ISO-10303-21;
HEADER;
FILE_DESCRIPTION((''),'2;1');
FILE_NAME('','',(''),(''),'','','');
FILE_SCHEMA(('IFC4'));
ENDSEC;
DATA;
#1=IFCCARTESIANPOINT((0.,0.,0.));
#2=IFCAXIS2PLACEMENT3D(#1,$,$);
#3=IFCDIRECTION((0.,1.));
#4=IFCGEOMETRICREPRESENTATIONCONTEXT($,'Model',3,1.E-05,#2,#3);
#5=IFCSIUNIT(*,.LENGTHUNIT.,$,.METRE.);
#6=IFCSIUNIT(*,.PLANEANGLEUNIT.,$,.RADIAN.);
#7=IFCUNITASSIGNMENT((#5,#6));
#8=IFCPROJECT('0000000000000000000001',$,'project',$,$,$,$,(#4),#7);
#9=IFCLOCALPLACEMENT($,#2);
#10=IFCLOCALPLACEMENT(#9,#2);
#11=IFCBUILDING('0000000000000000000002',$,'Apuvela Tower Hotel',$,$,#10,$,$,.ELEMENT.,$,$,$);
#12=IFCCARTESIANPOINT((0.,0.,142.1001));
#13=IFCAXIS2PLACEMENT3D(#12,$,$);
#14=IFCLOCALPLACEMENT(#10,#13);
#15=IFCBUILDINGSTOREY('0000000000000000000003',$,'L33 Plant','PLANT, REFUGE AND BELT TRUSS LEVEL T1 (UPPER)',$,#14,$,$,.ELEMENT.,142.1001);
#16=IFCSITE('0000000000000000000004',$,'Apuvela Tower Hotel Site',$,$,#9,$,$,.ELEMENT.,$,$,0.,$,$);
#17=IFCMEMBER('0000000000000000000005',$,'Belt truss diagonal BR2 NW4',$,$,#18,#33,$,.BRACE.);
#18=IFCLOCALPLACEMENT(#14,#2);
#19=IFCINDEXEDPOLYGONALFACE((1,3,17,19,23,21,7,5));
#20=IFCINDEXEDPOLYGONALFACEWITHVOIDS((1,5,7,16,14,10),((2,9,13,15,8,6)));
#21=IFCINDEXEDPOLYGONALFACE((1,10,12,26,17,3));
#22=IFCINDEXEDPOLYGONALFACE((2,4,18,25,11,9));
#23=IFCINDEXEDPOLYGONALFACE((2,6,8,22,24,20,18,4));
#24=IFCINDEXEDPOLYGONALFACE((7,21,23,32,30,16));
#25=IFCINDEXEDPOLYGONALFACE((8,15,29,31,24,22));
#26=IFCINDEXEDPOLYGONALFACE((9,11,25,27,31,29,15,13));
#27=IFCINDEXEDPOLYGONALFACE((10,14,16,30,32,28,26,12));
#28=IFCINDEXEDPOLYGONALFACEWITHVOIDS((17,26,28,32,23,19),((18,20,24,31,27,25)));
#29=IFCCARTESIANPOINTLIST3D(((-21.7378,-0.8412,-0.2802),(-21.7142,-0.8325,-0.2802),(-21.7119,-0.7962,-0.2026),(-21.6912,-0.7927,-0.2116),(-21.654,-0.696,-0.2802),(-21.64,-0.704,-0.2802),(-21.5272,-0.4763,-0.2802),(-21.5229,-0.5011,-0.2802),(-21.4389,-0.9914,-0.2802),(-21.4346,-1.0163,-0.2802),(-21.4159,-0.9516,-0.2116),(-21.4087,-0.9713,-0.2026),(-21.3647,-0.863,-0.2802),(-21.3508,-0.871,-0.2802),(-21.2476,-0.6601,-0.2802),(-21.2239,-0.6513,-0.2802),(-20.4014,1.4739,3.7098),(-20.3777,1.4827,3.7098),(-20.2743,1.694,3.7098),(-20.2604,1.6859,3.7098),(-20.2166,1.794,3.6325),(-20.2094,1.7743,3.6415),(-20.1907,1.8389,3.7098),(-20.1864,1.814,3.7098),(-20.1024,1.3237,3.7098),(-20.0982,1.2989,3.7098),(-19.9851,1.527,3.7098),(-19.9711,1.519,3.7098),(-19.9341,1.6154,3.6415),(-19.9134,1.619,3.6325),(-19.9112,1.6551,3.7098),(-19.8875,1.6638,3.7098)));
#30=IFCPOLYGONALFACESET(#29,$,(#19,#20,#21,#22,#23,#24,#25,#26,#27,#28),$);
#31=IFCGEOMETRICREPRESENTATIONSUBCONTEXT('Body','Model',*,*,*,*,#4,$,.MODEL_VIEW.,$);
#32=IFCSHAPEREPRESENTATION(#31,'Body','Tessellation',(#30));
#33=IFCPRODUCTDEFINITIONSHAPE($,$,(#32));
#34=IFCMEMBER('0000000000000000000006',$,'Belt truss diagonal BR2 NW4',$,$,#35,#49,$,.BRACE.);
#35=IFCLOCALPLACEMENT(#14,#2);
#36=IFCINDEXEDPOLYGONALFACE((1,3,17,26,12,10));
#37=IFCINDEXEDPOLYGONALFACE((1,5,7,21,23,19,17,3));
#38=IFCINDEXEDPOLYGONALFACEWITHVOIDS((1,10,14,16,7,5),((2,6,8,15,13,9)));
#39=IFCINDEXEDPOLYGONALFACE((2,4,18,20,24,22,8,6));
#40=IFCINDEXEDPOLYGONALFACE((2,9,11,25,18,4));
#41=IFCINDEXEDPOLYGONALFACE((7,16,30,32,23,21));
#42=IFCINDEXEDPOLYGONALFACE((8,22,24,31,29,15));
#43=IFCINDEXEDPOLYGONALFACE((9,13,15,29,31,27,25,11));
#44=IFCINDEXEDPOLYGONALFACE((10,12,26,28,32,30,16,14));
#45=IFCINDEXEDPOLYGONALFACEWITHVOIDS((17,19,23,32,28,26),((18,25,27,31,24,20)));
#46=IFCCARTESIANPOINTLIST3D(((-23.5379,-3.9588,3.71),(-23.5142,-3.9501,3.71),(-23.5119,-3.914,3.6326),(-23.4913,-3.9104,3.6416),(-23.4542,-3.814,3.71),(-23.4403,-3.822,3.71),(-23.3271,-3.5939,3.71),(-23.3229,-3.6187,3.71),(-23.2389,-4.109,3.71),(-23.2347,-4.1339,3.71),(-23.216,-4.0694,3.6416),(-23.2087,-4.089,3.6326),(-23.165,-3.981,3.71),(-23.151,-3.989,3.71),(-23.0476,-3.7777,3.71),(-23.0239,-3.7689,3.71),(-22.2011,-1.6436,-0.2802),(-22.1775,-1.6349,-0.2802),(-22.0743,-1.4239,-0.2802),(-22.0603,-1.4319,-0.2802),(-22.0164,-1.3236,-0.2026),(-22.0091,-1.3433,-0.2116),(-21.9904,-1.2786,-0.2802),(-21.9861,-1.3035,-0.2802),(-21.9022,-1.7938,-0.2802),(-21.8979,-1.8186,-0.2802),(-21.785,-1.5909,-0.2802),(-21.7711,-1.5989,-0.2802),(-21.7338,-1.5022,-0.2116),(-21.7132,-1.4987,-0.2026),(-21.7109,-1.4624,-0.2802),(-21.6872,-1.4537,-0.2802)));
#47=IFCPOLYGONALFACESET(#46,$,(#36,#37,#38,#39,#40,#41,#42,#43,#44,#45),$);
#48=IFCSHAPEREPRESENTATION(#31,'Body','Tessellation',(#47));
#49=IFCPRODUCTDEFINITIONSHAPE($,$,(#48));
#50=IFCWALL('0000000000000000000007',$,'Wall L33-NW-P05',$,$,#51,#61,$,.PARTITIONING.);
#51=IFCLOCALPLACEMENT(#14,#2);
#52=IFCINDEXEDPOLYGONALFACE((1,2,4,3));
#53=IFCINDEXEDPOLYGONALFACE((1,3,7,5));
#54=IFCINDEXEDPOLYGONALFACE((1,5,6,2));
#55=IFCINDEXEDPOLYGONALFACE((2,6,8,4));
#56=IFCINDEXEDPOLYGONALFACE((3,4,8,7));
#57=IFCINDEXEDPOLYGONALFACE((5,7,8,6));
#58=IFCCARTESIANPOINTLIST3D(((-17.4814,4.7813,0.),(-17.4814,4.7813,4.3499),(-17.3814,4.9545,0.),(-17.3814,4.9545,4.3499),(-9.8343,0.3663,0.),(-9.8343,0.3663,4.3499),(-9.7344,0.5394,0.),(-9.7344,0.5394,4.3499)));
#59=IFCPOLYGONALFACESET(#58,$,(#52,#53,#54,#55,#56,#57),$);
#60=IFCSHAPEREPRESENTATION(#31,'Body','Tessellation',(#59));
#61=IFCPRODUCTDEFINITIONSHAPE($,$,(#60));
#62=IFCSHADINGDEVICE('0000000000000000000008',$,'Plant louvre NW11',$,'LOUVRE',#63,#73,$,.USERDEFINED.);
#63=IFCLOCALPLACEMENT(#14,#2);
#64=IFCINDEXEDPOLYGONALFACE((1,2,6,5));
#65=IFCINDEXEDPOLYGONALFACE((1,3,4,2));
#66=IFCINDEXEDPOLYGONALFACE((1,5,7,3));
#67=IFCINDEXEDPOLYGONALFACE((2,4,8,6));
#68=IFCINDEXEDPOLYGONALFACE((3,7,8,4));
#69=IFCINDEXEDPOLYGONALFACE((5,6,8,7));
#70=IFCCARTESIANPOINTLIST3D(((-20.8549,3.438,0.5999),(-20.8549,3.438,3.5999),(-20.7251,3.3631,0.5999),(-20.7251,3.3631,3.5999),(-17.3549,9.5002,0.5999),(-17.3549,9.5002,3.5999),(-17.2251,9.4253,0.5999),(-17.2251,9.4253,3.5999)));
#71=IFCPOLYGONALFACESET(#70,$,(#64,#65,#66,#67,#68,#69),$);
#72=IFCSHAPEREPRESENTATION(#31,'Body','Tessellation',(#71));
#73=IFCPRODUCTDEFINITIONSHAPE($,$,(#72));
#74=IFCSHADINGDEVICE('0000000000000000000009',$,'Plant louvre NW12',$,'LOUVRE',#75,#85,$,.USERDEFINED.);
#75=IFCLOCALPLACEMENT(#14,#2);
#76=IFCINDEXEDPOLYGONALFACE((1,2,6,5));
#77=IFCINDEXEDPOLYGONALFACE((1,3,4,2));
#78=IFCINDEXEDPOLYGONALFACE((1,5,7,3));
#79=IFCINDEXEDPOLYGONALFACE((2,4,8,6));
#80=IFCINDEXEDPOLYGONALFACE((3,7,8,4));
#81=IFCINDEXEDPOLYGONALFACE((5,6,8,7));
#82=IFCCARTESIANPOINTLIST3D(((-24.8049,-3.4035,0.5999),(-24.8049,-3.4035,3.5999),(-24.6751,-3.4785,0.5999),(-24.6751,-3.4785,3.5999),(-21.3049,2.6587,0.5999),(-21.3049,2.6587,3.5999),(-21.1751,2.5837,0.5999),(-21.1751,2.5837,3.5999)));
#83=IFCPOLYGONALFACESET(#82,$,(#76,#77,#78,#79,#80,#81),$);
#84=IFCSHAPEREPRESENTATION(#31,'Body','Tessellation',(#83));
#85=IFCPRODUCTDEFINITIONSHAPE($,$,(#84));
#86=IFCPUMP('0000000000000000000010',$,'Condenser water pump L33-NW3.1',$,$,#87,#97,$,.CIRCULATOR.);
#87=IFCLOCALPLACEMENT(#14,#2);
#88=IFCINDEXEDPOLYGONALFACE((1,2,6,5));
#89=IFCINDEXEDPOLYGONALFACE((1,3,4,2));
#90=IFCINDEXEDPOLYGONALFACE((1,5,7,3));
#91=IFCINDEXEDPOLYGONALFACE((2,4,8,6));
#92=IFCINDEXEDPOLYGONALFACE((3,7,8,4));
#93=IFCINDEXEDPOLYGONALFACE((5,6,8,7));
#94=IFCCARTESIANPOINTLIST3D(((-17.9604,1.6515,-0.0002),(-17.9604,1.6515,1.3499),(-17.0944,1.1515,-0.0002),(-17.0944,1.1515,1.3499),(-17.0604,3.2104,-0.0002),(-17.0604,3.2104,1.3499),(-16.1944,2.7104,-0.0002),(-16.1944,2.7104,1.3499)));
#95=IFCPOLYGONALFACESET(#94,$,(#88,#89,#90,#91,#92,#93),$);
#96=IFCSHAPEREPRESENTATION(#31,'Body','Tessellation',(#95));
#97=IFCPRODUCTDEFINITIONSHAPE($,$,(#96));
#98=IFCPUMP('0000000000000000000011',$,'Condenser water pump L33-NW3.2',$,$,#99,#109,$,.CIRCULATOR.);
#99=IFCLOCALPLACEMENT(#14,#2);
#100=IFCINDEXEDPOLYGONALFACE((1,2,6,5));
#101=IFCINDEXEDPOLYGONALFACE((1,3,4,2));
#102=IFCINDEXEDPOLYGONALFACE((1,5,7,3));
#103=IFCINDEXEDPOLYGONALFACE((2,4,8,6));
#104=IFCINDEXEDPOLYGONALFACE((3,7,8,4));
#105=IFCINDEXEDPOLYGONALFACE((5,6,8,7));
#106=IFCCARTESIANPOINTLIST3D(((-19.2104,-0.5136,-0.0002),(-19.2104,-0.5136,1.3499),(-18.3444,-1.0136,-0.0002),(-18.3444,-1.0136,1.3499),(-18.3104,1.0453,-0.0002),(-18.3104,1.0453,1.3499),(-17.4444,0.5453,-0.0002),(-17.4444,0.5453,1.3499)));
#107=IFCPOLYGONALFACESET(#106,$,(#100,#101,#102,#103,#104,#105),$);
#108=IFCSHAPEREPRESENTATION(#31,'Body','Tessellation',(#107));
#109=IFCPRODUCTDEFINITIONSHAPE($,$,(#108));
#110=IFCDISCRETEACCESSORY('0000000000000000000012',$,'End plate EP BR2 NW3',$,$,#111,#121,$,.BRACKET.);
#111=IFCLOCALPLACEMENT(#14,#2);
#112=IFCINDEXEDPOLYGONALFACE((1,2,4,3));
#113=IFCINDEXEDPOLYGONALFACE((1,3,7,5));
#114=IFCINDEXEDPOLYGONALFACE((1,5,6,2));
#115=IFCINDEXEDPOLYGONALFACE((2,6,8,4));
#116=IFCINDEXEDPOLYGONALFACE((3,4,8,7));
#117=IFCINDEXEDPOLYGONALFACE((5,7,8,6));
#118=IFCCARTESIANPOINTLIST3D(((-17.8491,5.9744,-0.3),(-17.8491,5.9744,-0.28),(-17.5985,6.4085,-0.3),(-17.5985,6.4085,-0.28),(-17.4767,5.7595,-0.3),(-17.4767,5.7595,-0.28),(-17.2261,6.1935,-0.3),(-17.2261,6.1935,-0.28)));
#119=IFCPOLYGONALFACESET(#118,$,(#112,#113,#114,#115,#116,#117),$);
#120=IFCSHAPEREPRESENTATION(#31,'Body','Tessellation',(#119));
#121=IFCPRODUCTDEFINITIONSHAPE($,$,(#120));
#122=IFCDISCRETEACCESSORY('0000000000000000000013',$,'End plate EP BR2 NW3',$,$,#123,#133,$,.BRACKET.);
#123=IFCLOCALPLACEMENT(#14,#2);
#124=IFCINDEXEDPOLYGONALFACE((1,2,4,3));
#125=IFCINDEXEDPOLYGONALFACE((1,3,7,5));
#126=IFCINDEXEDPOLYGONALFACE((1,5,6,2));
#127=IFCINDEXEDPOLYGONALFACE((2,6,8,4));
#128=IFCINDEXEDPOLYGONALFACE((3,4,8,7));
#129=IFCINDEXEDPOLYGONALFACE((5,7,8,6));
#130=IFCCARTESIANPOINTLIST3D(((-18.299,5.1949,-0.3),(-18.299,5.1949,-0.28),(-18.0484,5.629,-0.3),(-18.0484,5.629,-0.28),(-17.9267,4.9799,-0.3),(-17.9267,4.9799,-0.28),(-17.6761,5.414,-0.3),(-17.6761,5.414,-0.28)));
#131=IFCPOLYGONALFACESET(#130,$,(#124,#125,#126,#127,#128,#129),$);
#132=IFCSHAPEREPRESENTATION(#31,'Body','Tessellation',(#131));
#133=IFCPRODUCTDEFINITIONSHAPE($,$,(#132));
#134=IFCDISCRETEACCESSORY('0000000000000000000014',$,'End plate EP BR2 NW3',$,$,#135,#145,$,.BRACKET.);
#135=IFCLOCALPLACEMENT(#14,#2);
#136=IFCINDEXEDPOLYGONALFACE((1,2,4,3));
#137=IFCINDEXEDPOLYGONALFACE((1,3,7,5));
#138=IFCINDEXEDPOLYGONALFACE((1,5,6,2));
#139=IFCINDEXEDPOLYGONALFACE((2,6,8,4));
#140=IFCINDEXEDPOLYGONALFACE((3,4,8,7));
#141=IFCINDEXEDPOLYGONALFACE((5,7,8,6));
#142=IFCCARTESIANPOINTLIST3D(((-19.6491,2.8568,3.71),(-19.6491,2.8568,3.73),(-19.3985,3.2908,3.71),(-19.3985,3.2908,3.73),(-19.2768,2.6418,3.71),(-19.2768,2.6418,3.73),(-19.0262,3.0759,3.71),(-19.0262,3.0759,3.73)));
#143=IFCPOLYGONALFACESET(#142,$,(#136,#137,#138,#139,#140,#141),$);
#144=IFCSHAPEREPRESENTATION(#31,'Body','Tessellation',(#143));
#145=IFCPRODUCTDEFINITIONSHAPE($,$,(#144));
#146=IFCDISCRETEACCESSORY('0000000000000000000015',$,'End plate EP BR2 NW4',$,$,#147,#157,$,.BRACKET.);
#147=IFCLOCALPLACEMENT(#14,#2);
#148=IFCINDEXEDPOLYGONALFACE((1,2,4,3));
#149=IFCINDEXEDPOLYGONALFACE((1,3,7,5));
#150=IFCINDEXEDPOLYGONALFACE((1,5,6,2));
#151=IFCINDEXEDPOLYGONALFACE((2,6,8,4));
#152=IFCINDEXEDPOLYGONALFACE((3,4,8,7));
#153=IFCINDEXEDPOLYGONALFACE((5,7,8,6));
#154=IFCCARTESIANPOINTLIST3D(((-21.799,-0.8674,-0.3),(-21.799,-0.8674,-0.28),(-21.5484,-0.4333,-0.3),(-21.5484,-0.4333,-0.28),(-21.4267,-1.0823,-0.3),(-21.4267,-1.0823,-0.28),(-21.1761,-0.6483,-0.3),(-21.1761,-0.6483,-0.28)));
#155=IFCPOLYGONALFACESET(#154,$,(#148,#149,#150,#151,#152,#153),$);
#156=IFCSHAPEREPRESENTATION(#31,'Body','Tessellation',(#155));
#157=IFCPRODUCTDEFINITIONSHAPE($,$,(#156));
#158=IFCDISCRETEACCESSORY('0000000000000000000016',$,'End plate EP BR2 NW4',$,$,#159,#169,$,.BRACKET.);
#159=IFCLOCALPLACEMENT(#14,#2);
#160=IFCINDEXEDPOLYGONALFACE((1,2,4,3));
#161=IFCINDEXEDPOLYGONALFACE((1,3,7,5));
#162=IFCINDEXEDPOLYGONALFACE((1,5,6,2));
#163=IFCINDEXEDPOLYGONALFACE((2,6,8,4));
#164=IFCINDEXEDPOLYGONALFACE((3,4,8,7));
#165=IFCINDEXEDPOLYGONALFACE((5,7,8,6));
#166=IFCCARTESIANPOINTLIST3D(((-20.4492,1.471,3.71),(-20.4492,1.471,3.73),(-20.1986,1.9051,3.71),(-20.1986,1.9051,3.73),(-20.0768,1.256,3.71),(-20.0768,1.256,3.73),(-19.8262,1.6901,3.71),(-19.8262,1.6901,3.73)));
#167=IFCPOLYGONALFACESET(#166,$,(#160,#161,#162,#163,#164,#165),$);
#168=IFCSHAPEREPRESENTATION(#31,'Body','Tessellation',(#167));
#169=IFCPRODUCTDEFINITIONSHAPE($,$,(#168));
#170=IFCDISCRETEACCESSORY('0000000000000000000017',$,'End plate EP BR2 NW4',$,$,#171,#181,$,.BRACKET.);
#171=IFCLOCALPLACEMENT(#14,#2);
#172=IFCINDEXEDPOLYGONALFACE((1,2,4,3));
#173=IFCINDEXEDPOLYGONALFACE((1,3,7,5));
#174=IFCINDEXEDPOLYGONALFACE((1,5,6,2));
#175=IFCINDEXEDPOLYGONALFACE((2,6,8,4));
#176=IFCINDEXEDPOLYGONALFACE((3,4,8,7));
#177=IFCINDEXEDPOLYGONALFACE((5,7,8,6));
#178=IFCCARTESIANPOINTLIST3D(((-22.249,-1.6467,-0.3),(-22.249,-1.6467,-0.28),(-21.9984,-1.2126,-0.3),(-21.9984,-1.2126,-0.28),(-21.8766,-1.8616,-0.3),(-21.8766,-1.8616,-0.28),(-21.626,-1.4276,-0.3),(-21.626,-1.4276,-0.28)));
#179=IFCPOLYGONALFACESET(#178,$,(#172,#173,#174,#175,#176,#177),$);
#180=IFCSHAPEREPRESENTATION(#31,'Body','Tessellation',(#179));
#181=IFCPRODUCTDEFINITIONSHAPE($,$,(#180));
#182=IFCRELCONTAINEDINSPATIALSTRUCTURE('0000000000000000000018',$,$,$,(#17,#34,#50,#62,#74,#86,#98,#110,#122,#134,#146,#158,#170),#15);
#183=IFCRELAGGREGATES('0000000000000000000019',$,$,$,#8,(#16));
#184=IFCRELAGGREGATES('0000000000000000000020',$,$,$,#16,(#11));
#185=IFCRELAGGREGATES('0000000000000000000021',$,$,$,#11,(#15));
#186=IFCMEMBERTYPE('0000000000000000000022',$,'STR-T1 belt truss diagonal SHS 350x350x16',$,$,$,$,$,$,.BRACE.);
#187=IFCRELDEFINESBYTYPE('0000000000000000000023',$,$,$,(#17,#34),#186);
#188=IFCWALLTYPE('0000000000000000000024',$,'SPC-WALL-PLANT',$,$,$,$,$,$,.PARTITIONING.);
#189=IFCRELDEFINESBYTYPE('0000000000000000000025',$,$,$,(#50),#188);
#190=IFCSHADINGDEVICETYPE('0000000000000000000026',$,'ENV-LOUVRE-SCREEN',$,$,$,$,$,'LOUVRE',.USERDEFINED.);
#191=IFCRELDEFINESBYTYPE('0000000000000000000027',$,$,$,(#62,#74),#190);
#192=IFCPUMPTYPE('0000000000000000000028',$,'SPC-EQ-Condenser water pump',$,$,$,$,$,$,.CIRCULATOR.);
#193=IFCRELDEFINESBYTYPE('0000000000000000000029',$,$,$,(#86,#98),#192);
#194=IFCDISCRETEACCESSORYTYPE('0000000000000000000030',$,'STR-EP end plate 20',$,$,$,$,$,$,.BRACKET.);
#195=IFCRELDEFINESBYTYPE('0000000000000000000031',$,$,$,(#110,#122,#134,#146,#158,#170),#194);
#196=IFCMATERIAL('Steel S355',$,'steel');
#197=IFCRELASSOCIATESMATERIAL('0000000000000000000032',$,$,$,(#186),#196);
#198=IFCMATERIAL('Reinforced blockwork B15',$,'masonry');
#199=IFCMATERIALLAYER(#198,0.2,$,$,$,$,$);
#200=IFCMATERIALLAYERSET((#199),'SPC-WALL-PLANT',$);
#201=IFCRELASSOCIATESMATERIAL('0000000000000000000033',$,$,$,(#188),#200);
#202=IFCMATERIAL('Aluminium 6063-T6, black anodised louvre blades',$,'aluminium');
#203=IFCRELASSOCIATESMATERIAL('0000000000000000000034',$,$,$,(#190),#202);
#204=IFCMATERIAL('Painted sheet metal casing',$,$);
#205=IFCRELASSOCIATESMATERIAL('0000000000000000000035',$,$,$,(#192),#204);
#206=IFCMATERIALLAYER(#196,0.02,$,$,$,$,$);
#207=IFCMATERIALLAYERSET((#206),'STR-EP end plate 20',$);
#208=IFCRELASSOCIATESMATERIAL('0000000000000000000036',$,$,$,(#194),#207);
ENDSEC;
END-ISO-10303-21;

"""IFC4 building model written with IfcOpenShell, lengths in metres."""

from ifc_helpers import new_model, si_unit, direction, frame, frame_2d, origin, origin_2d, place, context, subcontext, project, spatial, rectangle, hollow_rectangle, extrude, boolean, halfspace, material, layer, layer_set, material_profile, profile_set, type_object, element, save


model = new_model("IFC4")

# Units and contexts
model_context = context("Model", 3, precision=1e-05, world=origin(), true_north=direction((0.0, 1.0)))
body_context = subcontext(model_context, "Body", "Model", "MODEL_VIEW")
ifc_project = project(units=[si_unit("LENGTHUNIT", "METRE"), si_unit("PLANEANGLEUNIT", "RADIAN")], contexts=[model_context])

# Site, building, storey
site_placement = place(None, origin())
site = spatial("IfcSite", under=ifc_project, at=site_placement, Name="Apuvela Tower Hotel Site", CompositionType="ELEMENT", RefElevation=0.0)
building_placement = place(site_placement, origin())
building = spatial("IfcBuilding", under=site, at=building_placement, Name="Apuvela Tower Hotel", CompositionType="ELEMENT")
storey_placement = place(building_placement, frame((0.0, 0.0, 142.1001)))
storey = spatial("IfcBuildingStorey", under=building, at=storey_placement, Name="L33 Plant", Description="PLANT, REFUGE AND BELT TRUSS LEVEL T1 (UPPER)", CompositionType="ELEMENT", Elevation=142.1001)

# Shared definitions
ifc_material_1 = material(Name="Steel S355", Category="steel")

# Members
ifc_material_profile_1 = material_profile(ifc_material_1, hollow_rectangle(XDim=0.3501, YDim=0.3501, WallThickness=0.0161, at=origin_2d()), Name="SHS 350x350x16")
ifc_profile_set_1 = profile_set([ifc_material_profile_1], Name="Steel S355")
member_type = type_object("IfcMemberType", Name="STR-T1 belt truss diagonal SHS 350x350x16", PredefinedType="BRACE", material=ifc_profile_set_1)
member_1_placement = place(storey_placement, frame((-21.4875, -0.7578, -0.3), z_axis=(0.278269, 0.48205, 0.830779), x_axis=(-0.415341, -0.719504, 0.556602)))
solid_1 = boolean("DIFFERENCE", boolean("DIFFERENCE", extrude(hollow_rectangle(XDim=0.3501, YDim=0.3501, WallThickness=0.0161, at=origin_2d()), frame((0.0, 0.0, -0.2373)), (0.0, 0.0, 1.0), 5.3252), halfspace(frame((0.0, 0.0, 0.0239), z_axis=(0.556602, 0.0, 0.830779), x_axis=(0.830779, 0.0, -0.556602)), True)), halfspace(frame((0.0, 0.0, 4.8267), z_axis=(0.556602, 0.0, 0.830779), x_axis=(0.830779, 0.0, -0.556602)), False))
element("IfcMember", 1, at=member_1_placement, inside=storey, type_object=member_type, Name="Belt truss diagonal BR2 NW4", PredefinedType="BRACE", context=body_context, shape_type="SweptSolid", body=[
    boolean("UNION", boolean("DIFFERENCE", boolean("DIFFERENCE", extrude(hollow_rectangle(XDim=0.3501, YDim=0.3501, WallThickness=0.0161, at=origin_2d()), origin(), (0.0, 0.0, 1.0), 4.8508), halfspace(frame((0.0, 0.0, 0.0239), z_axis=(0.556602, 0.0, 0.830779), x_axis=(0.830779, 0.0, -0.556602)), True)), halfspace(frame((0.0, 0.0, 4.8267), z_axis=(0.556602, 0.0, 0.830779), x_axis=(0.830779, 0.0, -0.556602)), False)), solid_1),
])
member_2_placement = place(storey_placement, frame((-21.9375, -1.5371, -0.3), z_axis=(-0.278315, -0.482044, 0.830768), x_axis=(0.415392, 0.719461, 0.556619)))
solid_2 = boolean("DIFFERENCE", boolean("DIFFERENCE", extrude(hollow_rectangle(XDim=0.3501, YDim=0.3501, WallThickness=0.0161, at=origin_2d()), frame((0.0, 0.0, -0.2373)), (0.0, 0.0, 1.0), 5.3254), halfspace(frame((0.0, 0.0, 0.0239), z_axis=(0.556619, 0.0, 0.830768), x_axis=(0.830768, 0.0, -0.556619)), True)), halfspace(frame((0.0, 0.0, 4.8269), z_axis=(0.556619, 0.0, 0.830768), x_axis=(0.830768, 0.0, -0.556619)), False))
element("IfcMember", 2, at=member_2_placement, inside=storey, type_object=member_type, Name="Belt truss diagonal BR2 NW4", PredefinedType="BRACE", context=body_context, shape_type="SweptSolid", body=[
    boolean("UNION", boolean("DIFFERENCE", boolean("DIFFERENCE", extrude(hollow_rectangle(XDim=0.3501, YDim=0.3501, WallThickness=0.0161, at=origin_2d()), origin(), (0.0, 0.0, 1.0), 4.8511), halfspace(frame((0.0, 0.0, 0.0239), z_axis=(0.556619, 0.0, 0.830768), x_axis=(0.830768, 0.0, -0.556619)), True)), halfspace(frame((0.0, 0.0, 4.8269), z_axis=(0.556619, 0.0, 0.830768), x_axis=(0.830768, 0.0, -0.556619)), False)), solid_2),
])

# Wall
ifc_material_2 = material(Name="Reinforced blockwork B15", Category="masonry")
ifc_layer_1 = layer(ifc_material_2, 0.2)
ifc_layer_set_1 = layer_set([ifc_layer_1], Name="SPC-WALL-PLANT")
wall_type = type_object("IfcWallType", Name="SPC-WALL-PLANT", PredefinedType="PARTITIONING", material=ifc_layer_set_1)
wall_placement = place(storey_placement, frame((-17.4314, 4.8679, 0.0), z_axis=(0.0, 0.0, 1.0), x_axis=(0.866023, -0.500005, 0.0)))
element("IfcWall", 3, at=wall_placement, inside=storey, type_object=wall_type, Name="Wall L33-NW-P05", PredefinedType="PARTITIONING", context=body_context, shape_type="SweptSolid", body=[
    extrude(rectangle(XDim=8.8301, YDim=0.2, at=frame_2d((4.415, 0.0))), origin(), (0.0, 0.0, 1.0), 4.3499),
])

# Shading devices
ifc_material_3 = material(Name="Aluminium 6063-T6, black anodised louvre blades", Category="aluminium")
shading_device_type = type_object("IfcShadingDeviceType", Name="ENV-LOUVRE-SCREEN", ElementType="LOUVRE", PredefinedType="USERDEFINED", material=ifc_material_3)
for number, where, z_axis, x_axis, name in (
    (4, (-19.04, 6.4316, 0.5999), (0.0, 0.0, 1.0), (-0.5, -0.866025, 0.0), "Plant louvre NW11"),
    (5, (-22.99, -0.4099, 0.5999), (0.0, 0.0, 1.0), (-0.5, -0.866025, 0.0), "Plant louvre NW12"),
):
    element("IfcShadingDevice", number, at=place(storey_placement, frame(where, z_axis=z_axis, x_axis=x_axis)), inside=storey, type_object=shading_device_type, Name=name, ObjectType="LOUVRE", PredefinedType="USERDEFINED", context=body_context, shape_type="SweptSolid", body=[
        extrude(rectangle(XDim=7.0, YDim=0.1499, at=origin_2d()), origin(), (0.0, 0.0, 1.0), 3.0),
    ])

# Pumps
ifc_material_4 = material(Name="Painted sheet metal casing")
pump_type = type_object("IfcPumpType", Name="SPC-EQ-Condenser water pump", PredefinedType="CIRCULATOR", material=ifc_material_4)
for number, where, z_axis, x_axis, name in (
    (6, (-17.0774, 2.1809, -0.0002), (0.0, 0.0, 1.0), (-0.5, -0.866025, 0.0), "Condenser water pump L33-NW3.1"),
    (7, (-18.3274, 0.0159, -0.0002), (0.0, 0.0, 1.0), (-0.5, -0.866025, 0.0), "Condenser water pump L33-NW3.2"),
):
    element("IfcPump", number, at=place(storey_placement, frame(where, z_axis=z_axis, x_axis=x_axis)), inside=storey, type_object=pump_type, Name=name, PredefinedType="CIRCULATOR", context=body_context, shape_type="SweptSolid", body=[
        extrude(rectangle(XDim=1.8, YDim=1.0, at=origin_2d()), origin(), (0.0, 0.0, 1.0), 1.3501),
    ])

# Discrete accessories
ifc_layer_2 = layer(ifc_material_1, 0.02)
ifc_layer_set_2 = layer_set([ifc_layer_2], Name="STR-EP end plate 20")
discrete_accessory_type = type_object("IfcDiscreteAccessoryType", Name="STR-EP end plate 20", PredefinedType="BRACKET", material=ifc_layer_set_2)
for number, where, z_axis, x_axis, name in (
    (8, (-17.5376, 6.084, -0.3), (0.0, 0.0, 1.0), (0.5, 0.866025, 0.0), "End plate EP BR2 NW3"),
    (9, (-17.9875, 5.3044, -0.3), (0.0, 0.0, 1.0), (-0.5, -0.866025, 0.0), "End plate EP BR2 NW3"),
    (10, (-19.3376, 2.9663, 3.71), (0.0, 0.0, 1.0), (-0.5, -0.866025, 0.0), "End plate EP BR2 NW3"),
    (11, (-21.4875, -0.7578, -0.3), (0.0, 0.0, 1.0), (0.5, 0.866025, 0.0), "End plate EP BR2 NW4"),
    (12, (-20.1377, 1.5806, 3.71), (0.0, 0.0, 1.0), (0.5, 0.866025, 0.0), "End plate EP BR2 NW4"),
    (13, (-21.9375, -1.5371, -0.3), (0.0, 0.0, 1.0), (-0.5, -0.866025, 0.0), "End plate EP BR2 NW4"),
):
    element("IfcDiscreteAccessory", number, at=place(storey_placement, frame(where, z_axis=z_axis, x_axis=x_axis)), inside=storey, type_object=discrete_accessory_type, Name=name, PredefinedType="BRACKET", context=body_context, shape_type="SweptSolid", body=[
        extrude(rectangle(XDim=0.5012, YDim=0.4299, at=origin_2d()), origin(), (0.0, 0.0, 1.0), 0.02),
    ])

save(model, "model.ifc")
